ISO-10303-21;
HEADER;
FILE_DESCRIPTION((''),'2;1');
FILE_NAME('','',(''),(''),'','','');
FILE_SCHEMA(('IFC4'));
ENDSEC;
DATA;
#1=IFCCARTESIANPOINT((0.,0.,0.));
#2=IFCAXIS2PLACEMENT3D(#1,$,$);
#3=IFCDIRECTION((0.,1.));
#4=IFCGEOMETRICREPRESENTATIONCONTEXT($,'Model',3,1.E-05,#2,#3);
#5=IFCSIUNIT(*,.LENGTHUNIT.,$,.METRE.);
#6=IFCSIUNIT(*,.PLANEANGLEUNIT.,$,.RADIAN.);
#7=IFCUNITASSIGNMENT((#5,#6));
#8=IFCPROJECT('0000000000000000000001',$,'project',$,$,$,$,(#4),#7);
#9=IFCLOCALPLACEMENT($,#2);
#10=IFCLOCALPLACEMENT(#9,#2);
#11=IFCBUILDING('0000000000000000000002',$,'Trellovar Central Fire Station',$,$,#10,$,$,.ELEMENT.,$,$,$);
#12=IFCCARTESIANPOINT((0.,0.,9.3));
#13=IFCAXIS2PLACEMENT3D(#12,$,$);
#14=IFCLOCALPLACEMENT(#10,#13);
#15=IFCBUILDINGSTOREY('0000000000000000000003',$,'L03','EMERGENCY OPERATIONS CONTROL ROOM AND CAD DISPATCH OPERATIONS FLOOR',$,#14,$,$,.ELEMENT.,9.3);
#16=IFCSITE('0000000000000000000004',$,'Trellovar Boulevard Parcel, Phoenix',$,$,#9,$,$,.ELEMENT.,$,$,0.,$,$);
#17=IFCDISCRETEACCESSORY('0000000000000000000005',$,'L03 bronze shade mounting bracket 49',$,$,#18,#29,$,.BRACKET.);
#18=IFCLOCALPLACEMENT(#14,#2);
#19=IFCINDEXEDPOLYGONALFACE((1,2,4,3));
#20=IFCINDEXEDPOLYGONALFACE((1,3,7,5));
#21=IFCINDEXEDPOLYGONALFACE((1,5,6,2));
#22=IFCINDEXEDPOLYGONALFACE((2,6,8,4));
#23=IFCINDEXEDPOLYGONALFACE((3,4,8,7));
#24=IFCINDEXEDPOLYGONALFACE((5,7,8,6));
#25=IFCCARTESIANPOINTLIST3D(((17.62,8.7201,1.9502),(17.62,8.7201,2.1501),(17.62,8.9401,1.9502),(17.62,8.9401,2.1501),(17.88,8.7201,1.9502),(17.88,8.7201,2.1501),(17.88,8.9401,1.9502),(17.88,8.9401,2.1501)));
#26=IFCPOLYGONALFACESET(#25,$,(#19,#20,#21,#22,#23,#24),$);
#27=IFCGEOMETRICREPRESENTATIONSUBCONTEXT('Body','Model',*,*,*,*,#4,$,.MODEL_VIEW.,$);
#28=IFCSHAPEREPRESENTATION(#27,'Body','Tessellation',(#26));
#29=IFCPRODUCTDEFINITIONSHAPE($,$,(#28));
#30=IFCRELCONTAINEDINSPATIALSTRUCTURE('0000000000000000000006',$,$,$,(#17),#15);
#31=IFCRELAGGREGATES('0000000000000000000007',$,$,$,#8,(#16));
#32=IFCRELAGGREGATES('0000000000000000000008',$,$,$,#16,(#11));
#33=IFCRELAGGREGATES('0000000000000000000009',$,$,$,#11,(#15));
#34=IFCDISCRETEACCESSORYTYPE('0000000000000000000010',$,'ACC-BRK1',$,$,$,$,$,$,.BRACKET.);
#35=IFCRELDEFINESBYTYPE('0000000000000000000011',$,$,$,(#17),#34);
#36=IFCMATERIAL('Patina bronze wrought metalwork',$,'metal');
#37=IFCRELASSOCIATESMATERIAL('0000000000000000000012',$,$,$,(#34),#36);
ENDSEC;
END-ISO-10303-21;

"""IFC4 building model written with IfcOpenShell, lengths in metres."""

from ifc_helpers import new_model, si_unit, direction, frame, origin, origin_2d, place, context, subcontext, project, spatial, rectangle, extrude, material, type_object, element, save


model = new_model("IFC4")

# Units and contexts
model_context = context("Model", 3, precision=1e-05, world=origin(), true_north=direction((0.0, 1.0)))
body_context = subcontext(model_context, "Body", "Model", "MODEL_VIEW")
ifc_project = project(units=[si_unit("LENGTHUNIT", "METRE"), si_unit("PLANEANGLEUNIT", "RADIAN")], contexts=[model_context])

# Site, building, storey
site_placement = place(None, origin())
site = spatial("IfcSite", under=ifc_project, at=site_placement, Name="Trellovar Boulevard Parcel, Phoenix", CompositionType="ELEMENT", RefElevation=0.0)
building_placement = place(site_placement, origin())
building = spatial("IfcBuilding", under=site, at=building_placement, Name="Trellovar Central Fire Station", CompositionType="ELEMENT")
storey_placement = place(building_placement, frame((0.0, 0.0, 9.3)))
storey = spatial("IfcBuildingStorey", under=building, at=storey_placement, Name="L03", Description="EMERGENCY OPERATIONS CONTROL ROOM AND CAD DISPATCH OPERATIONS FLOOR", CompositionType="ELEMENT", Elevation=9.3)

# Discrete accessory
ifc_material_1 = material(Name="Patina bronze wrought metalwork", Category="metal")
discrete_accessory_type = type_object("IfcDiscreteAccessoryType", Name="ACC-BRK1", PredefinedType="BRACKET", material=ifc_material_1)
discrete_accessory_placement = place(storey_placement, frame((17.75, 8.8301, 1.9502), z_axis=(0.0, 0.0, 1.0), x_axis=(1.0, 0.0, 0.0)))
element("IfcDiscreteAccessory", 1, at=discrete_accessory_placement, inside=storey, type_object=discrete_accessory_type, Name="L03 bronze shade mounting bracket 49", PredefinedType="BRACKET", context=body_context, shape_type="SweptSolid", body=[
    extrude(rectangle(XDim=0.26, YDim=0.22, at=origin_2d()), origin(), (0.0, 0.0, 1.0), 0.2),
])

save(model, "model.ifc")
